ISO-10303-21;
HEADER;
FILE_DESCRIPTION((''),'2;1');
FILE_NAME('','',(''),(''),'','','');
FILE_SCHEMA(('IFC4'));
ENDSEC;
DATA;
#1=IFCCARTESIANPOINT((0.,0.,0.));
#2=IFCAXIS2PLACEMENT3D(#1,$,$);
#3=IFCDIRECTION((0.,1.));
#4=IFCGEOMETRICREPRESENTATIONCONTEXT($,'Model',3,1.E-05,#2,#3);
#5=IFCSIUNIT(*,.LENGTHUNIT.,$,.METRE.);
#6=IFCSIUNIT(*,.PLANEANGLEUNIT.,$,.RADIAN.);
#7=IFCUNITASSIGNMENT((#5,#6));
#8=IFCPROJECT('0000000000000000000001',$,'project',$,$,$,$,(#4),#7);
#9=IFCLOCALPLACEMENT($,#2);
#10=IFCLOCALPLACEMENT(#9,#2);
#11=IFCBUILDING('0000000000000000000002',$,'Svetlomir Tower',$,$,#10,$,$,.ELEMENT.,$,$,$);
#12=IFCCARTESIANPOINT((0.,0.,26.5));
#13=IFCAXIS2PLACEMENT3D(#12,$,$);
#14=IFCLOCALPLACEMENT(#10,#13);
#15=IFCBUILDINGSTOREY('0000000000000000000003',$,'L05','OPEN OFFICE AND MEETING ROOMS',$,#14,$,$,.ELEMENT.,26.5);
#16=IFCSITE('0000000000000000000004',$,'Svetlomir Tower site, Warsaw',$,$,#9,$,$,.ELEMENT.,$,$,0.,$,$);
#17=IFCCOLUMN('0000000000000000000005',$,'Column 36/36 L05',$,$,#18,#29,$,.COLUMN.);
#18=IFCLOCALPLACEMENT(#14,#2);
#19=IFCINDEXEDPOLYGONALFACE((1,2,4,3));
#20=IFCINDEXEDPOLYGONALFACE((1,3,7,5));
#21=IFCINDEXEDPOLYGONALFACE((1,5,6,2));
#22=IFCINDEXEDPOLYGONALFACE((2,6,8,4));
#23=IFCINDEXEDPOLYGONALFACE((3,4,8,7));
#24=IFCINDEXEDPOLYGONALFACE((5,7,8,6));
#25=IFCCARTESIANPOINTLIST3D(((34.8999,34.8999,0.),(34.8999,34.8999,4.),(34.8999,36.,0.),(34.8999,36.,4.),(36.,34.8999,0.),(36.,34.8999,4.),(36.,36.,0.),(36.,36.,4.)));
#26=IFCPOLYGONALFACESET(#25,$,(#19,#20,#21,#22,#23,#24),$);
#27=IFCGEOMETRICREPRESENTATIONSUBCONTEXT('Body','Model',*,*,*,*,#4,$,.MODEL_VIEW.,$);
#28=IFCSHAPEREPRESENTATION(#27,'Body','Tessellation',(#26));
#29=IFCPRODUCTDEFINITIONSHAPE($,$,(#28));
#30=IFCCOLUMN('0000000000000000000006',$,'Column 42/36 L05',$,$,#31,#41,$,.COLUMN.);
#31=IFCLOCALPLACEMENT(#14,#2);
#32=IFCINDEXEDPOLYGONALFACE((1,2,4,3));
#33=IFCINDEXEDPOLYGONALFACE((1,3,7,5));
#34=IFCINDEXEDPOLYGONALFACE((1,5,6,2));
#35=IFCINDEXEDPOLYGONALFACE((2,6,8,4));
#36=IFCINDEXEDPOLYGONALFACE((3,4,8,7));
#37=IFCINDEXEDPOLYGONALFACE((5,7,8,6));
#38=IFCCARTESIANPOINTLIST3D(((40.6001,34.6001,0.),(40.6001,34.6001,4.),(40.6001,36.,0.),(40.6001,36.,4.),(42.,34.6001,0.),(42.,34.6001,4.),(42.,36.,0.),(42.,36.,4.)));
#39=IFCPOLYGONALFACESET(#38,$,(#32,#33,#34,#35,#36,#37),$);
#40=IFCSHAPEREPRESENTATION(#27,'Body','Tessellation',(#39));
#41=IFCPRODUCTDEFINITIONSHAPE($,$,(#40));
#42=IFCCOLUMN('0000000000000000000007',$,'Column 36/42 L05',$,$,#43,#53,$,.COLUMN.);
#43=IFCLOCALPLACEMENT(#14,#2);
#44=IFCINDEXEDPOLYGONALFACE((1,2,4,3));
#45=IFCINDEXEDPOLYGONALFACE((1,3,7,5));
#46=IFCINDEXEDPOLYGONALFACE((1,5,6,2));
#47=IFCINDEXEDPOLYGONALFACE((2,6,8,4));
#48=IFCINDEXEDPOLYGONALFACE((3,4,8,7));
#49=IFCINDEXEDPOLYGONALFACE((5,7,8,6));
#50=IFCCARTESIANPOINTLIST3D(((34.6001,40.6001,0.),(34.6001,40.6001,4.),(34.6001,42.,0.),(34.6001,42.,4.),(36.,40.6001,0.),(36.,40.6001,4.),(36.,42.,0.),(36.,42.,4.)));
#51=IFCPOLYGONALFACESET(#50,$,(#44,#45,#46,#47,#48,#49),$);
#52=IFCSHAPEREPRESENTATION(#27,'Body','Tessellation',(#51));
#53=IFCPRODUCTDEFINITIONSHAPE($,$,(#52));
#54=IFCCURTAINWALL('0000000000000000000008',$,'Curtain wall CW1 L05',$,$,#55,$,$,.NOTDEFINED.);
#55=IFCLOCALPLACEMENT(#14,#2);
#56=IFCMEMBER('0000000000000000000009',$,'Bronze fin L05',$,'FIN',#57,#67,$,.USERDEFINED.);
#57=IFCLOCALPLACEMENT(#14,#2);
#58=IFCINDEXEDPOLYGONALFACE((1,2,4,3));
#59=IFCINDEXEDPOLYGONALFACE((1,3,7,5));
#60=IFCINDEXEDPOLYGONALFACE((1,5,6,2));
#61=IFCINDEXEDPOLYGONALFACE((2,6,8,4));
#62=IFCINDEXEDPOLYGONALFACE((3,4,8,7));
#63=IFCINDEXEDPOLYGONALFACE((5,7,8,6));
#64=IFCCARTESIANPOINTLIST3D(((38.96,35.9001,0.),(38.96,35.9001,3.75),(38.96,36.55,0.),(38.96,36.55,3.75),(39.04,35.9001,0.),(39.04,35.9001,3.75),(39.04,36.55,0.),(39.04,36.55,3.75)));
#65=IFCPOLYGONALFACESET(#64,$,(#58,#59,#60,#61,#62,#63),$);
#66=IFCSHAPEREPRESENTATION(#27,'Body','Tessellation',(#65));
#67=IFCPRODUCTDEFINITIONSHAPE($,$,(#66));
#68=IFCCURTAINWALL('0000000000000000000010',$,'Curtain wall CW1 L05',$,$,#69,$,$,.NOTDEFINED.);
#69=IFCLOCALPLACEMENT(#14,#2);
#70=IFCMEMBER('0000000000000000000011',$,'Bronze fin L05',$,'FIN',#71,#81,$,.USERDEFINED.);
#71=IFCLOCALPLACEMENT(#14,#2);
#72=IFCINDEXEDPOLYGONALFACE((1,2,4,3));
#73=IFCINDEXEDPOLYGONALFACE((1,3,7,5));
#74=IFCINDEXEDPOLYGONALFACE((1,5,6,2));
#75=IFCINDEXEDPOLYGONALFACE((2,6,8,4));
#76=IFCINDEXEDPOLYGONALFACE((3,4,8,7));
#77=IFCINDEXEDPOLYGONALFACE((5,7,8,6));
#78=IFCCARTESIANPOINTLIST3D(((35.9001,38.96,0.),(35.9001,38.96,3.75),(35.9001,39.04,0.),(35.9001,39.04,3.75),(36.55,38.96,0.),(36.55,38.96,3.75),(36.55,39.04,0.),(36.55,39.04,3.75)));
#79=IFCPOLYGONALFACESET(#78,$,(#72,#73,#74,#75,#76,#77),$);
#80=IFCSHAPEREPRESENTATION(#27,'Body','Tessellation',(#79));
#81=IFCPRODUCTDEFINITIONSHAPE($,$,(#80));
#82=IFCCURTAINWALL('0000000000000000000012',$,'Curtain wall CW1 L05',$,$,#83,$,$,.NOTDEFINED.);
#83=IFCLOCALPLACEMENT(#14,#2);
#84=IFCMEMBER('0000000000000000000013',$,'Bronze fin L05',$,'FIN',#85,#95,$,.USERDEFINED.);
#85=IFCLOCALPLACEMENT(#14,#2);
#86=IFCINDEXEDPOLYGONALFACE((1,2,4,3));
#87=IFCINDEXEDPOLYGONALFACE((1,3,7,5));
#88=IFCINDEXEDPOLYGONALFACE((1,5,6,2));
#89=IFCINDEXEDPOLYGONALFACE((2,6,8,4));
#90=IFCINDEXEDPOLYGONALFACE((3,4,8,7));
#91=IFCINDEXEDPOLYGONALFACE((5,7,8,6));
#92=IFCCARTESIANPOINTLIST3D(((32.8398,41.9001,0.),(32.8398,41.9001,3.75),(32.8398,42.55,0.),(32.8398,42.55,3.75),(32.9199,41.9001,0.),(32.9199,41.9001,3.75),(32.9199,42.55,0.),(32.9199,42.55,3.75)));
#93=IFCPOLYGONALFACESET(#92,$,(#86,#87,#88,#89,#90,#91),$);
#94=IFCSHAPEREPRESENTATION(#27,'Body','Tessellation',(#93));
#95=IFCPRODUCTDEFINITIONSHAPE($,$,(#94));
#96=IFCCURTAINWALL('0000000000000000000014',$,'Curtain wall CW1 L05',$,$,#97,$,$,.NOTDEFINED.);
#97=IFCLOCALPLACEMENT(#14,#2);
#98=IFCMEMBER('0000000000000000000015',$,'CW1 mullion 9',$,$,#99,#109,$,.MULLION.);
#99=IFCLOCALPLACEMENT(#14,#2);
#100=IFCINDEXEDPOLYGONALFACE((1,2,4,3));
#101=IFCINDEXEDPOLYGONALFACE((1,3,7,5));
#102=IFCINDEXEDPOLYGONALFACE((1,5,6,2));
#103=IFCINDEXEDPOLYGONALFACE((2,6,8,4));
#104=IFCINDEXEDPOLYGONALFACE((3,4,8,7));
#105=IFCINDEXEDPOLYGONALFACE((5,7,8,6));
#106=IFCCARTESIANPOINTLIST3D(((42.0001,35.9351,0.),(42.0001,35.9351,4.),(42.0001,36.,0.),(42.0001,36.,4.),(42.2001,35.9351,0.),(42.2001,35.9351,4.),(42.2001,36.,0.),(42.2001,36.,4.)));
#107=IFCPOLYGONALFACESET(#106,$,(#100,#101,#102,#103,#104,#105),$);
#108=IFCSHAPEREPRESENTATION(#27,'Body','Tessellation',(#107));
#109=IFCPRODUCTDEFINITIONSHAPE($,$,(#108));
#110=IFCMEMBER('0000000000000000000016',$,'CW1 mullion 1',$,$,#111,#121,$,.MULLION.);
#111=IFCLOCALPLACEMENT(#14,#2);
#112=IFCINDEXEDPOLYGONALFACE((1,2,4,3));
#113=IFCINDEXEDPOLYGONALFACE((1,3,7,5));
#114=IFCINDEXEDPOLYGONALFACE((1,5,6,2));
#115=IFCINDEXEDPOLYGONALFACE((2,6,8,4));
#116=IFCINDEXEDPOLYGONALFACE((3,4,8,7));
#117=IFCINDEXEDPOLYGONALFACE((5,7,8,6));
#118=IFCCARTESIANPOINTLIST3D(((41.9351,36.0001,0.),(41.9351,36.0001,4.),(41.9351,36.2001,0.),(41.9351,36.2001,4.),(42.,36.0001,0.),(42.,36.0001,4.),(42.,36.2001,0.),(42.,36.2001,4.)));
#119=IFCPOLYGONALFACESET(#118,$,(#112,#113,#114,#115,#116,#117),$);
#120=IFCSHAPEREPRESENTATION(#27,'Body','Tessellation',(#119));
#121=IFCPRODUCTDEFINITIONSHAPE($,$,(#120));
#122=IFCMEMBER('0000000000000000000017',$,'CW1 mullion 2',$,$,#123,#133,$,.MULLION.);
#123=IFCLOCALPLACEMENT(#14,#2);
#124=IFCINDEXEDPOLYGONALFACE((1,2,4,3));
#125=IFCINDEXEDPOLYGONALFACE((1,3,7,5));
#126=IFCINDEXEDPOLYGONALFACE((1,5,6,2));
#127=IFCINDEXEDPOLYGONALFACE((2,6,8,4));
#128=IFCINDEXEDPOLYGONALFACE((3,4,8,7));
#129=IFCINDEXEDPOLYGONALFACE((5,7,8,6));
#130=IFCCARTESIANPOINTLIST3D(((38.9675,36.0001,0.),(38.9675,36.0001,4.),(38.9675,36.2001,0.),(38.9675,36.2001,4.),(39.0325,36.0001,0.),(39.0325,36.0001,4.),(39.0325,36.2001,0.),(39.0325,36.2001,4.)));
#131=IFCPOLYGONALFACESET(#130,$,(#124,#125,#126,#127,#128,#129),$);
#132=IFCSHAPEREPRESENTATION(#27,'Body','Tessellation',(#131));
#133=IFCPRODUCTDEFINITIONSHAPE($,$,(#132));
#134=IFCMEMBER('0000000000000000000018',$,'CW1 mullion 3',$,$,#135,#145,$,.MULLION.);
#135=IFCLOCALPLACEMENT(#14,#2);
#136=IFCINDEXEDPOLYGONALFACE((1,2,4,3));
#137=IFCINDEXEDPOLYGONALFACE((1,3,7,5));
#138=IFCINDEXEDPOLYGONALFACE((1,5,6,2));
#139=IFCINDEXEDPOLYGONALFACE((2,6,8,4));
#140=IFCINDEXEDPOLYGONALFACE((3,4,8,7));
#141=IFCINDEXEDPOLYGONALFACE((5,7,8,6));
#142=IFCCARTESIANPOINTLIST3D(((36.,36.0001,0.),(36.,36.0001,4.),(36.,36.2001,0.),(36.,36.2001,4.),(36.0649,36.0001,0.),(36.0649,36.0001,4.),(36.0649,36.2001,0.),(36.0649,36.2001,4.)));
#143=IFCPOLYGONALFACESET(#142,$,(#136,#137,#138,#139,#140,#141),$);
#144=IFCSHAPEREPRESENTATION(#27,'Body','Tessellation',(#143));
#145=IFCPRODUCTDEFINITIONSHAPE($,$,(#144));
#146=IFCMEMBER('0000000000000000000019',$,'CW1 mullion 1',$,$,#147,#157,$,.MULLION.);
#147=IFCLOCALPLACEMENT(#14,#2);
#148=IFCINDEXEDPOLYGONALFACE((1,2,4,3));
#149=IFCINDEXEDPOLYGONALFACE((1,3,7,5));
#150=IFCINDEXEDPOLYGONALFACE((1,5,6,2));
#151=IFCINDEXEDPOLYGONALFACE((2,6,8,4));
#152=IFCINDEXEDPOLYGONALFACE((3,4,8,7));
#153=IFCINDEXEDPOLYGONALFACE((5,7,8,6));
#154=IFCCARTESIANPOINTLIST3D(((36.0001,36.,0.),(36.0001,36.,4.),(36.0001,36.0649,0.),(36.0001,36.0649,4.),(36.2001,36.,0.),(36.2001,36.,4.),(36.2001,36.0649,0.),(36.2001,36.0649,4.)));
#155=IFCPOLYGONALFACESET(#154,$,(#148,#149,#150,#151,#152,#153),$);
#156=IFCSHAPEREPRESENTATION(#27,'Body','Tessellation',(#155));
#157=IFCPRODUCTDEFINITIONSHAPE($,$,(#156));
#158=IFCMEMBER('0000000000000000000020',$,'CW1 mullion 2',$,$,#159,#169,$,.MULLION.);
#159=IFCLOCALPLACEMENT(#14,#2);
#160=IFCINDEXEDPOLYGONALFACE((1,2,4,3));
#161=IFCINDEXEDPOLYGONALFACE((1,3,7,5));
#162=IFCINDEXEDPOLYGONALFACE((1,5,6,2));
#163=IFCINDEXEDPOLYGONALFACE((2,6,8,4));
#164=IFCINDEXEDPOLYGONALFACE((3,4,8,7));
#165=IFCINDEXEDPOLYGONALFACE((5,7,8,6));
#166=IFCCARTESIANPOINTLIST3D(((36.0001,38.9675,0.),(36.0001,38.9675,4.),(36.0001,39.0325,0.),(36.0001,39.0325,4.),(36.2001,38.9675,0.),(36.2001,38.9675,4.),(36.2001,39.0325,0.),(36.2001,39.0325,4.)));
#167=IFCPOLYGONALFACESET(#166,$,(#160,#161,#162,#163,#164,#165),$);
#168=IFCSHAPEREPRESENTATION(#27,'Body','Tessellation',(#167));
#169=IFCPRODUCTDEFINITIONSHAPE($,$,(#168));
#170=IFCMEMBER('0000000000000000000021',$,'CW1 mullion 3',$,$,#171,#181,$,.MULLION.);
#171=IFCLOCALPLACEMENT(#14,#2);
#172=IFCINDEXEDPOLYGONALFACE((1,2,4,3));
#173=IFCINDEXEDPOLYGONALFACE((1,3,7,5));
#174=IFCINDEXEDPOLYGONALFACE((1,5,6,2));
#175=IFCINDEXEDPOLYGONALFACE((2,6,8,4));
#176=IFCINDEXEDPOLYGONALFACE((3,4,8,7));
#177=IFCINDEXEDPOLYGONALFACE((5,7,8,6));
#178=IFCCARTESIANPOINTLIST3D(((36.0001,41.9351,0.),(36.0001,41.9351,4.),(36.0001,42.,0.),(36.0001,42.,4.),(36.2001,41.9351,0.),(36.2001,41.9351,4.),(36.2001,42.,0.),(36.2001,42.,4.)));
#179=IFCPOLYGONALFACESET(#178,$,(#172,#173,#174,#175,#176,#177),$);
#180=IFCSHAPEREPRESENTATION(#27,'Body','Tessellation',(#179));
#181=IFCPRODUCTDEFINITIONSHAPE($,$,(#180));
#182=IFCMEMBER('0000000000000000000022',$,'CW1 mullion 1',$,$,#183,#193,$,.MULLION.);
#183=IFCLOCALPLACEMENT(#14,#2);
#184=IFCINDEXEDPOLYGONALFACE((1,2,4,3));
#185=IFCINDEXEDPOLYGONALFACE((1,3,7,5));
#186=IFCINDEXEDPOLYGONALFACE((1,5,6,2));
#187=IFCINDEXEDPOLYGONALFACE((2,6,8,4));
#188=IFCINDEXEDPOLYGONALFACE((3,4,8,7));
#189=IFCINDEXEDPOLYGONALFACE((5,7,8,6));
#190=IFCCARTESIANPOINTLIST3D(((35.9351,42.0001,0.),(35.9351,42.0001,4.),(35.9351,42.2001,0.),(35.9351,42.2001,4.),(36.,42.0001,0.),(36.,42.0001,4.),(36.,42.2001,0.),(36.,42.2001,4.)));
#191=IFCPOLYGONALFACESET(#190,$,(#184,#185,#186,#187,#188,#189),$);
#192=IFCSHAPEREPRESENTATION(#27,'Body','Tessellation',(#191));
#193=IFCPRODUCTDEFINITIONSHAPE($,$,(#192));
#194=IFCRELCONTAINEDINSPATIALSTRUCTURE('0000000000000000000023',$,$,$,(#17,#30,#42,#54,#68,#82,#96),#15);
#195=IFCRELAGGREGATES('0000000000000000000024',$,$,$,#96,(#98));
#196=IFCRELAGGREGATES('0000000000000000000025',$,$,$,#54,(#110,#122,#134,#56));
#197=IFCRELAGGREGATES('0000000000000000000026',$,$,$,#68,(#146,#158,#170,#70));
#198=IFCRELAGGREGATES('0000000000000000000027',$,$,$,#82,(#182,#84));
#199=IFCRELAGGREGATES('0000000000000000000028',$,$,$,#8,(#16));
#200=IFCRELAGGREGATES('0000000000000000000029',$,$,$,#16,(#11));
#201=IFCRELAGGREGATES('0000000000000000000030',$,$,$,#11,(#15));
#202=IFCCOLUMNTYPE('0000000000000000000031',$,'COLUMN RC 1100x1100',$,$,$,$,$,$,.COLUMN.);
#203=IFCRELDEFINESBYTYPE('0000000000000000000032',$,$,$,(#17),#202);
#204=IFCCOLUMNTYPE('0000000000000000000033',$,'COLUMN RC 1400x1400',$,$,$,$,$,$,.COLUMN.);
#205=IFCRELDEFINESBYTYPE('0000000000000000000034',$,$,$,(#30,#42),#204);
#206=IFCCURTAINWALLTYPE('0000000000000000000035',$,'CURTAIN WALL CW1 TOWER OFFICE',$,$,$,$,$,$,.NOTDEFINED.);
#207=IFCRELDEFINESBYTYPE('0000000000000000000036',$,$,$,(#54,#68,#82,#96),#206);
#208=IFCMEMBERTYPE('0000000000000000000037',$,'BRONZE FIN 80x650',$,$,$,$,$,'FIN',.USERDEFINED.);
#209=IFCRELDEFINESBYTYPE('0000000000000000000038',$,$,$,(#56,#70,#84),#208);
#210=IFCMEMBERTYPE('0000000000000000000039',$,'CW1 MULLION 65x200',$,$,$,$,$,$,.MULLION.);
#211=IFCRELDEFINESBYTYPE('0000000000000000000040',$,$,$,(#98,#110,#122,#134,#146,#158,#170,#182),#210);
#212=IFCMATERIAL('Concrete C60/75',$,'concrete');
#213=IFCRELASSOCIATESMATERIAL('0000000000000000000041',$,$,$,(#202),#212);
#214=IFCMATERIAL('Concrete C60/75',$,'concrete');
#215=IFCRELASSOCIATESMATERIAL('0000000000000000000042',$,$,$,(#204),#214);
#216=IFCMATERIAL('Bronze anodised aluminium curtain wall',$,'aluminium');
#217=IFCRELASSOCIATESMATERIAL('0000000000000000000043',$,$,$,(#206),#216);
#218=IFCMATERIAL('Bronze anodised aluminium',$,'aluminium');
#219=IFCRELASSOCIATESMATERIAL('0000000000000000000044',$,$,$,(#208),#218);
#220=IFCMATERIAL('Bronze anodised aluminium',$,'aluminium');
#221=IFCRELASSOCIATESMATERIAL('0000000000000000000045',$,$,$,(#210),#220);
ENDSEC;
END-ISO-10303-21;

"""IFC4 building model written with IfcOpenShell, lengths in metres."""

from ifc_helpers import new_model, si_unit, direction, frame, origin, origin_2d, place, context, subcontext, project, spatial, rectangle, extrude, material, material_profile, profile_set, type_object, element, aggregate, save


model = new_model("IFC4")

# Units and contexts
model_context = context("Model", 3, precision=1e-05, world=origin(), true_north=direction((0.0, 1.0)))
body_context = subcontext(model_context, "Body", "Model", "MODEL_VIEW")
ifc_project = project(units=[si_unit("LENGTHUNIT", "METRE"), si_unit("PLANEANGLEUNIT", "RADIAN")], contexts=[model_context])

# Site, building, storey
site_placement = place(None, origin())
site = spatial("IfcSite", under=ifc_project, at=site_placement, Name="Svetlomir Tower site, Warsaw", CompositionType="ELEMENT", RefElevation=0.0)
building_placement = place(site_placement, origin())
building = spatial("IfcBuilding", under=site, at=building_placement, Name="Svetlomir Tower", CompositionType="ELEMENT")
storey_placement = place(building_placement, frame((0.0, 0.0, 26.5)))
storey = spatial("IfcBuildingStorey", under=building, at=storey_placement, Name="L05", Description="OPEN OFFICE AND MEETING ROOMS", CompositionType="ELEMENT", Elevation=26.5)

# Columns
ifc_material_1 = material(Name="Concrete C60/75", Category="concrete")
ifc_material_profile_1 = material_profile(ifc_material_1, rectangle(XDim=1.1001, YDim=1.1001, at=origin_2d()), Name="RC 1100x1100")
ifc_profile_set_1 = profile_set([ifc_material_profile_1], Name="Concrete C60/75")
column_type_1 = type_object("IfcColumnType", Name="COLUMN RC 1100x1100", PredefinedType="COLUMN", material=ifc_profile_set_1)
column_placement = place(storey_placement, frame((35.45, 35.45, 0.0), z_axis=(0.0, 0.0, 1.0), x_axis=(1.0, 0.0, 0.0)))
element("IfcColumn", 1, at=column_placement, inside=storey, type_object=column_type_1, Name="Column 36/36 L05", PredefinedType="COLUMN", context=body_context, shape_type="SweptSolid", body=[
    extrude(rectangle(XDim=1.1001, YDim=1.1001, at=origin_2d()), origin(), (0.0, 0.0, 1.0), 4.0),
])
ifc_material_2 = material(Name="Concrete C60/75", Category="concrete")
ifc_material_profile_2 = material_profile(ifc_material_2, rectangle(XDim=1.3999, YDim=1.3999, at=origin_2d()), Name="RC 1400x1400")
ifc_profile_set_2 = profile_set([ifc_material_profile_2], Name="Concrete C60/75")
column_type_2 = type_object("IfcColumnType", Name="COLUMN RC 1400x1400", PredefinedType="COLUMN", material=ifc_profile_set_2)
for number, where, z_axis, x_axis, name in (
    (2, (41.3, 35.3, 0.0), (0.0, 0.0, 1.0), (1.0, 0.0, 0.0), "Column 42/36 L05"),
    (3, (35.3, 41.3, 0.0), (0.0, 0.0, 1.0), (1.0, 0.0, 0.0), "Column 36/42 L05"),
):
    element("IfcColumn", number, at=place(storey_placement, frame(where, z_axis=z_axis, x_axis=x_axis)), inside=storey, type_object=column_type_2, Name=name, PredefinedType="COLUMN", context=body_context, shape_type="SweptSolid", body=[
        extrude(rectangle(XDim=1.3999, YDim=1.3999, at=origin_2d()), origin(), (0.0, 0.0, 1.0), 4.0),
    ])

# Curtain walls, members
ifc_material_3 = material(Name="Bronze anodised aluminium curtain wall", Category="aluminium")
curtain_wall_type = type_object("IfcCurtainWallType", Name="CURTAIN WALL CW1 TOWER OFFICE", PredefinedType="NOTDEFINED", material=ifc_material_3)
curtain_wall_1_placement = place(storey_placement, origin())
curtain_wall_1 = element("IfcCurtainWall", 4, at=curtain_wall_1_placement, inside=storey, type_object=curtain_wall_type, Name="Curtain wall CW1 L05", PredefinedType="NOTDEFINED")
ifc_material_4 = material(Name="Bronze anodised aluminium", Category="aluminium")
ifc_material_profile_3 = material_profile(ifc_material_4, rectangle(XDim=0.0801, YDim=0.6499, at=origin_2d()), Name="FIN 80x650")
ifc_profile_set_3 = profile_set([ifc_material_profile_3], Name="Bronze anodised aluminium 6063-T6")
member_type_1 = type_object("IfcMemberType", Name="BRONZE FIN 80x650", ElementType="FIN", PredefinedType="USERDEFINED", material=ifc_profile_set_3)
member_1_placement = place(storey_placement, frame((39.0, 36.2251, 0.0), z_axis=(0.0, 0.0, 1.0), x_axis=(1.0, 0.0, 0.0)))
member_1 = element("IfcMember", 5, at=member_1_placement, type_object=member_type_1, Name="Bronze fin L05", ObjectType="FIN", PredefinedType="USERDEFINED", context=body_context, shape_type="SweptSolid", body=[
    extrude(rectangle(XDim=0.0801, YDim=0.6499, at=origin_2d()), origin(), (0.0, 0.0, 1.0), 3.75),
])
curtain_wall_2_placement = place(storey_placement, origin())
curtain_wall_2 = element("IfcCurtainWall", 6, at=curtain_wall_2_placement, inside=storey, type_object=curtain_wall_type, Name="Curtain wall CW1 L05", PredefinedType="NOTDEFINED")
member_2_placement = place(storey_placement, frame((36.2251, 39.0, 0.0), z_axis=(0.0, 0.0, 1.0), x_axis=(0.0, 1.0, 0.0)))
member_2 = element("IfcMember", 7, at=member_2_placement, type_object=member_type_1, Name="Bronze fin L05", ObjectType="FIN", PredefinedType="USERDEFINED", context=body_context, shape_type="SweptSolid", body=[
    extrude(rectangle(XDim=0.0801, YDim=0.6499, at=origin_2d()), origin(), (0.0, 0.0, 1.0), 3.75),
])
curtain_wall_3_placement = place(storey_placement, origin())
curtain_wall_3 = element("IfcCurtainWall", 8, at=curtain_wall_3_placement, inside=storey, type_object=curtain_wall_type, Name="Curtain wall CW1 L05", PredefinedType="NOTDEFINED")
member_3_placement = place(storey_placement, frame((32.8799, 42.2251, 0.0), z_axis=(0.0, 0.0, 1.0), x_axis=(1.0, 0.0, 0.0)))
member_3 = element("IfcMember", 9, at=member_3_placement, type_object=member_type_1, Name="Bronze fin L05", ObjectType="FIN", PredefinedType="USERDEFINED", context=body_context, shape_type="SweptSolid", body=[
    extrude(rectangle(XDim=0.0801, YDim=0.6499, at=origin_2d()), origin(), (0.0, 0.0, 1.0), 3.75),
])
curtain_wall_4_placement = place(storey_placement, origin())
curtain_wall_4 = element("IfcCurtainWall", 10, at=curtain_wall_4_placement, inside=storey, type_object=curtain_wall_type, Name="Curtain wall CW1 L05", PredefinedType="NOTDEFINED")
ifc_material_5 = material(Name="Bronze anodised aluminium", Category="aluminium")
ifc_material_profile_4 = material_profile(ifc_material_5, rectangle(XDim=0.0649, YDim=0.2, at=origin_2d()), Name="AL 65x200")
ifc_profile_set_4 = profile_set([ifc_material_profile_4], Name="Bronze anodised aluminium 6063-T6")
member_type_2 = type_object("IfcMemberType", Name="CW1 MULLION 65x200", PredefinedType="MULLION", material=ifc_profile_set_4)
member_4_placement = place(storey_placement, frame((42.1001, 35.9675, 0.0), z_axis=(0.0, 0.0, 1.0), x_axis=(0.0, 1.0, 0.0)))
member_4 = element("IfcMember", 11, at=member_4_placement, type_object=member_type_2, Name="CW1 mullion 9", PredefinedType="MULLION", context=body_context, shape_type="SweptSolid", body=[
    extrude(rectangle(XDim=0.0649, YDim=0.2, at=origin_2d()), origin(), (0.0, 0.0, 1.0), 4.0),
])
aggregate(curtain_wall_4, [member_4])

# Members
member_5_placement = place(storey_placement, frame((41.9675, 36.1001, 0.0), z_axis=(0.0, 0.0, 1.0), x_axis=(-1.0, 0.0, 0.0)))
member_5 = element("IfcMember", 12, at=member_5_placement, type_object=member_type_2, Name="CW1 mullion 1", PredefinedType="MULLION", context=body_context, shape_type="SweptSolid", body=[
    extrude(rectangle(XDim=0.0649, YDim=0.2, at=origin_2d()), origin(), (0.0, 0.0, 1.0), 4.0),
])
member_6_placement = place(storey_placement, frame((39.0, 36.1001, 0.0), z_axis=(0.0, 0.0, 1.0), x_axis=(-1.0, 0.0, 0.0)))
member_6 = element("IfcMember", 13, at=member_6_placement, type_object=member_type_2, Name="CW1 mullion 2", PredefinedType="MULLION", context=body_context, shape_type="SweptSolid", body=[
    extrude(rectangle(XDim=0.0649, YDim=0.2, at=origin_2d()), origin(), (0.0, 0.0, 1.0), 4.0),
])
member_7_placement = place(storey_placement, frame((36.0325, 36.1001, 0.0), z_axis=(0.0, 0.0, 1.0), x_axis=(-1.0, 0.0, 0.0)))
member_7 = element("IfcMember", 14, at=member_7_placement, type_object=member_type_2, Name="CW1 mullion 3", PredefinedType="MULLION", context=body_context, shape_type="SweptSolid", body=[
    extrude(rectangle(XDim=0.0649, YDim=0.2, at=origin_2d()), origin(), (0.0, 0.0, 1.0), 4.0),
])
member_8_placement = place(storey_placement, frame((36.1001, 36.0325, 0.0), z_axis=(0.0, 0.0, 1.0), x_axis=(0.0, 1.0, 0.0)))
member_8 = element("IfcMember", 15, at=member_8_placement, type_object=member_type_2, Name="CW1 mullion 1", PredefinedType="MULLION", context=body_context, shape_type="SweptSolid", body=[
    extrude(rectangle(XDim=0.0649, YDim=0.2, at=origin_2d()), origin(), (0.0, 0.0, 1.0), 4.0),
])
member_9_placement = place(storey_placement, frame((36.1001, 39.0, 0.0), z_axis=(0.0, 0.0, 1.0), x_axis=(0.0, 1.0, 0.0)))
member_9 = element("IfcMember", 16, at=member_9_placement, type_object=member_type_2, Name="CW1 mullion 2", PredefinedType="MULLION", context=body_context, shape_type="SweptSolid", body=[
    extrude(rectangle(XDim=0.0649, YDim=0.2, at=origin_2d()), origin(), (0.0, 0.0, 1.0), 4.0),
])
member_10_placement = place(storey_placement, frame((36.1001, 41.9675, 0.0), z_axis=(0.0, 0.0, 1.0), x_axis=(0.0, 1.0, 0.0)))
member_10 = element("IfcMember", 17, at=member_10_placement, type_object=member_type_2, Name="CW1 mullion 3", PredefinedType="MULLION", context=body_context, shape_type="SweptSolid", body=[
    extrude(rectangle(XDim=0.0649, YDim=0.2, at=origin_2d()), origin(), (0.0, 0.0, 1.0), 4.0),
])
member_11_placement = place(storey_placement, frame((35.9675, 42.1001, 0.0), z_axis=(0.0, 0.0, 1.0), x_axis=(-1.0, 0.0, 0.0)))
member_11 = element("IfcMember", 18, at=member_11_placement, type_object=member_type_2, Name="CW1 mullion 1", PredefinedType="MULLION", context=body_context, shape_type="SweptSolid", body=[
    extrude(rectangle(XDim=0.0649, YDim=0.2, at=origin_2d()), origin(), (0.0, 0.0, 1.0), 4.0),
])

aggregate(curtain_wall_1, [member_5, member_6, member_7, member_1])
aggregate(curtain_wall_2, [member_8, member_9, member_10, member_2])
aggregate(curtain_wall_3, [member_11, member_3])

save(model, "model.ifc")
